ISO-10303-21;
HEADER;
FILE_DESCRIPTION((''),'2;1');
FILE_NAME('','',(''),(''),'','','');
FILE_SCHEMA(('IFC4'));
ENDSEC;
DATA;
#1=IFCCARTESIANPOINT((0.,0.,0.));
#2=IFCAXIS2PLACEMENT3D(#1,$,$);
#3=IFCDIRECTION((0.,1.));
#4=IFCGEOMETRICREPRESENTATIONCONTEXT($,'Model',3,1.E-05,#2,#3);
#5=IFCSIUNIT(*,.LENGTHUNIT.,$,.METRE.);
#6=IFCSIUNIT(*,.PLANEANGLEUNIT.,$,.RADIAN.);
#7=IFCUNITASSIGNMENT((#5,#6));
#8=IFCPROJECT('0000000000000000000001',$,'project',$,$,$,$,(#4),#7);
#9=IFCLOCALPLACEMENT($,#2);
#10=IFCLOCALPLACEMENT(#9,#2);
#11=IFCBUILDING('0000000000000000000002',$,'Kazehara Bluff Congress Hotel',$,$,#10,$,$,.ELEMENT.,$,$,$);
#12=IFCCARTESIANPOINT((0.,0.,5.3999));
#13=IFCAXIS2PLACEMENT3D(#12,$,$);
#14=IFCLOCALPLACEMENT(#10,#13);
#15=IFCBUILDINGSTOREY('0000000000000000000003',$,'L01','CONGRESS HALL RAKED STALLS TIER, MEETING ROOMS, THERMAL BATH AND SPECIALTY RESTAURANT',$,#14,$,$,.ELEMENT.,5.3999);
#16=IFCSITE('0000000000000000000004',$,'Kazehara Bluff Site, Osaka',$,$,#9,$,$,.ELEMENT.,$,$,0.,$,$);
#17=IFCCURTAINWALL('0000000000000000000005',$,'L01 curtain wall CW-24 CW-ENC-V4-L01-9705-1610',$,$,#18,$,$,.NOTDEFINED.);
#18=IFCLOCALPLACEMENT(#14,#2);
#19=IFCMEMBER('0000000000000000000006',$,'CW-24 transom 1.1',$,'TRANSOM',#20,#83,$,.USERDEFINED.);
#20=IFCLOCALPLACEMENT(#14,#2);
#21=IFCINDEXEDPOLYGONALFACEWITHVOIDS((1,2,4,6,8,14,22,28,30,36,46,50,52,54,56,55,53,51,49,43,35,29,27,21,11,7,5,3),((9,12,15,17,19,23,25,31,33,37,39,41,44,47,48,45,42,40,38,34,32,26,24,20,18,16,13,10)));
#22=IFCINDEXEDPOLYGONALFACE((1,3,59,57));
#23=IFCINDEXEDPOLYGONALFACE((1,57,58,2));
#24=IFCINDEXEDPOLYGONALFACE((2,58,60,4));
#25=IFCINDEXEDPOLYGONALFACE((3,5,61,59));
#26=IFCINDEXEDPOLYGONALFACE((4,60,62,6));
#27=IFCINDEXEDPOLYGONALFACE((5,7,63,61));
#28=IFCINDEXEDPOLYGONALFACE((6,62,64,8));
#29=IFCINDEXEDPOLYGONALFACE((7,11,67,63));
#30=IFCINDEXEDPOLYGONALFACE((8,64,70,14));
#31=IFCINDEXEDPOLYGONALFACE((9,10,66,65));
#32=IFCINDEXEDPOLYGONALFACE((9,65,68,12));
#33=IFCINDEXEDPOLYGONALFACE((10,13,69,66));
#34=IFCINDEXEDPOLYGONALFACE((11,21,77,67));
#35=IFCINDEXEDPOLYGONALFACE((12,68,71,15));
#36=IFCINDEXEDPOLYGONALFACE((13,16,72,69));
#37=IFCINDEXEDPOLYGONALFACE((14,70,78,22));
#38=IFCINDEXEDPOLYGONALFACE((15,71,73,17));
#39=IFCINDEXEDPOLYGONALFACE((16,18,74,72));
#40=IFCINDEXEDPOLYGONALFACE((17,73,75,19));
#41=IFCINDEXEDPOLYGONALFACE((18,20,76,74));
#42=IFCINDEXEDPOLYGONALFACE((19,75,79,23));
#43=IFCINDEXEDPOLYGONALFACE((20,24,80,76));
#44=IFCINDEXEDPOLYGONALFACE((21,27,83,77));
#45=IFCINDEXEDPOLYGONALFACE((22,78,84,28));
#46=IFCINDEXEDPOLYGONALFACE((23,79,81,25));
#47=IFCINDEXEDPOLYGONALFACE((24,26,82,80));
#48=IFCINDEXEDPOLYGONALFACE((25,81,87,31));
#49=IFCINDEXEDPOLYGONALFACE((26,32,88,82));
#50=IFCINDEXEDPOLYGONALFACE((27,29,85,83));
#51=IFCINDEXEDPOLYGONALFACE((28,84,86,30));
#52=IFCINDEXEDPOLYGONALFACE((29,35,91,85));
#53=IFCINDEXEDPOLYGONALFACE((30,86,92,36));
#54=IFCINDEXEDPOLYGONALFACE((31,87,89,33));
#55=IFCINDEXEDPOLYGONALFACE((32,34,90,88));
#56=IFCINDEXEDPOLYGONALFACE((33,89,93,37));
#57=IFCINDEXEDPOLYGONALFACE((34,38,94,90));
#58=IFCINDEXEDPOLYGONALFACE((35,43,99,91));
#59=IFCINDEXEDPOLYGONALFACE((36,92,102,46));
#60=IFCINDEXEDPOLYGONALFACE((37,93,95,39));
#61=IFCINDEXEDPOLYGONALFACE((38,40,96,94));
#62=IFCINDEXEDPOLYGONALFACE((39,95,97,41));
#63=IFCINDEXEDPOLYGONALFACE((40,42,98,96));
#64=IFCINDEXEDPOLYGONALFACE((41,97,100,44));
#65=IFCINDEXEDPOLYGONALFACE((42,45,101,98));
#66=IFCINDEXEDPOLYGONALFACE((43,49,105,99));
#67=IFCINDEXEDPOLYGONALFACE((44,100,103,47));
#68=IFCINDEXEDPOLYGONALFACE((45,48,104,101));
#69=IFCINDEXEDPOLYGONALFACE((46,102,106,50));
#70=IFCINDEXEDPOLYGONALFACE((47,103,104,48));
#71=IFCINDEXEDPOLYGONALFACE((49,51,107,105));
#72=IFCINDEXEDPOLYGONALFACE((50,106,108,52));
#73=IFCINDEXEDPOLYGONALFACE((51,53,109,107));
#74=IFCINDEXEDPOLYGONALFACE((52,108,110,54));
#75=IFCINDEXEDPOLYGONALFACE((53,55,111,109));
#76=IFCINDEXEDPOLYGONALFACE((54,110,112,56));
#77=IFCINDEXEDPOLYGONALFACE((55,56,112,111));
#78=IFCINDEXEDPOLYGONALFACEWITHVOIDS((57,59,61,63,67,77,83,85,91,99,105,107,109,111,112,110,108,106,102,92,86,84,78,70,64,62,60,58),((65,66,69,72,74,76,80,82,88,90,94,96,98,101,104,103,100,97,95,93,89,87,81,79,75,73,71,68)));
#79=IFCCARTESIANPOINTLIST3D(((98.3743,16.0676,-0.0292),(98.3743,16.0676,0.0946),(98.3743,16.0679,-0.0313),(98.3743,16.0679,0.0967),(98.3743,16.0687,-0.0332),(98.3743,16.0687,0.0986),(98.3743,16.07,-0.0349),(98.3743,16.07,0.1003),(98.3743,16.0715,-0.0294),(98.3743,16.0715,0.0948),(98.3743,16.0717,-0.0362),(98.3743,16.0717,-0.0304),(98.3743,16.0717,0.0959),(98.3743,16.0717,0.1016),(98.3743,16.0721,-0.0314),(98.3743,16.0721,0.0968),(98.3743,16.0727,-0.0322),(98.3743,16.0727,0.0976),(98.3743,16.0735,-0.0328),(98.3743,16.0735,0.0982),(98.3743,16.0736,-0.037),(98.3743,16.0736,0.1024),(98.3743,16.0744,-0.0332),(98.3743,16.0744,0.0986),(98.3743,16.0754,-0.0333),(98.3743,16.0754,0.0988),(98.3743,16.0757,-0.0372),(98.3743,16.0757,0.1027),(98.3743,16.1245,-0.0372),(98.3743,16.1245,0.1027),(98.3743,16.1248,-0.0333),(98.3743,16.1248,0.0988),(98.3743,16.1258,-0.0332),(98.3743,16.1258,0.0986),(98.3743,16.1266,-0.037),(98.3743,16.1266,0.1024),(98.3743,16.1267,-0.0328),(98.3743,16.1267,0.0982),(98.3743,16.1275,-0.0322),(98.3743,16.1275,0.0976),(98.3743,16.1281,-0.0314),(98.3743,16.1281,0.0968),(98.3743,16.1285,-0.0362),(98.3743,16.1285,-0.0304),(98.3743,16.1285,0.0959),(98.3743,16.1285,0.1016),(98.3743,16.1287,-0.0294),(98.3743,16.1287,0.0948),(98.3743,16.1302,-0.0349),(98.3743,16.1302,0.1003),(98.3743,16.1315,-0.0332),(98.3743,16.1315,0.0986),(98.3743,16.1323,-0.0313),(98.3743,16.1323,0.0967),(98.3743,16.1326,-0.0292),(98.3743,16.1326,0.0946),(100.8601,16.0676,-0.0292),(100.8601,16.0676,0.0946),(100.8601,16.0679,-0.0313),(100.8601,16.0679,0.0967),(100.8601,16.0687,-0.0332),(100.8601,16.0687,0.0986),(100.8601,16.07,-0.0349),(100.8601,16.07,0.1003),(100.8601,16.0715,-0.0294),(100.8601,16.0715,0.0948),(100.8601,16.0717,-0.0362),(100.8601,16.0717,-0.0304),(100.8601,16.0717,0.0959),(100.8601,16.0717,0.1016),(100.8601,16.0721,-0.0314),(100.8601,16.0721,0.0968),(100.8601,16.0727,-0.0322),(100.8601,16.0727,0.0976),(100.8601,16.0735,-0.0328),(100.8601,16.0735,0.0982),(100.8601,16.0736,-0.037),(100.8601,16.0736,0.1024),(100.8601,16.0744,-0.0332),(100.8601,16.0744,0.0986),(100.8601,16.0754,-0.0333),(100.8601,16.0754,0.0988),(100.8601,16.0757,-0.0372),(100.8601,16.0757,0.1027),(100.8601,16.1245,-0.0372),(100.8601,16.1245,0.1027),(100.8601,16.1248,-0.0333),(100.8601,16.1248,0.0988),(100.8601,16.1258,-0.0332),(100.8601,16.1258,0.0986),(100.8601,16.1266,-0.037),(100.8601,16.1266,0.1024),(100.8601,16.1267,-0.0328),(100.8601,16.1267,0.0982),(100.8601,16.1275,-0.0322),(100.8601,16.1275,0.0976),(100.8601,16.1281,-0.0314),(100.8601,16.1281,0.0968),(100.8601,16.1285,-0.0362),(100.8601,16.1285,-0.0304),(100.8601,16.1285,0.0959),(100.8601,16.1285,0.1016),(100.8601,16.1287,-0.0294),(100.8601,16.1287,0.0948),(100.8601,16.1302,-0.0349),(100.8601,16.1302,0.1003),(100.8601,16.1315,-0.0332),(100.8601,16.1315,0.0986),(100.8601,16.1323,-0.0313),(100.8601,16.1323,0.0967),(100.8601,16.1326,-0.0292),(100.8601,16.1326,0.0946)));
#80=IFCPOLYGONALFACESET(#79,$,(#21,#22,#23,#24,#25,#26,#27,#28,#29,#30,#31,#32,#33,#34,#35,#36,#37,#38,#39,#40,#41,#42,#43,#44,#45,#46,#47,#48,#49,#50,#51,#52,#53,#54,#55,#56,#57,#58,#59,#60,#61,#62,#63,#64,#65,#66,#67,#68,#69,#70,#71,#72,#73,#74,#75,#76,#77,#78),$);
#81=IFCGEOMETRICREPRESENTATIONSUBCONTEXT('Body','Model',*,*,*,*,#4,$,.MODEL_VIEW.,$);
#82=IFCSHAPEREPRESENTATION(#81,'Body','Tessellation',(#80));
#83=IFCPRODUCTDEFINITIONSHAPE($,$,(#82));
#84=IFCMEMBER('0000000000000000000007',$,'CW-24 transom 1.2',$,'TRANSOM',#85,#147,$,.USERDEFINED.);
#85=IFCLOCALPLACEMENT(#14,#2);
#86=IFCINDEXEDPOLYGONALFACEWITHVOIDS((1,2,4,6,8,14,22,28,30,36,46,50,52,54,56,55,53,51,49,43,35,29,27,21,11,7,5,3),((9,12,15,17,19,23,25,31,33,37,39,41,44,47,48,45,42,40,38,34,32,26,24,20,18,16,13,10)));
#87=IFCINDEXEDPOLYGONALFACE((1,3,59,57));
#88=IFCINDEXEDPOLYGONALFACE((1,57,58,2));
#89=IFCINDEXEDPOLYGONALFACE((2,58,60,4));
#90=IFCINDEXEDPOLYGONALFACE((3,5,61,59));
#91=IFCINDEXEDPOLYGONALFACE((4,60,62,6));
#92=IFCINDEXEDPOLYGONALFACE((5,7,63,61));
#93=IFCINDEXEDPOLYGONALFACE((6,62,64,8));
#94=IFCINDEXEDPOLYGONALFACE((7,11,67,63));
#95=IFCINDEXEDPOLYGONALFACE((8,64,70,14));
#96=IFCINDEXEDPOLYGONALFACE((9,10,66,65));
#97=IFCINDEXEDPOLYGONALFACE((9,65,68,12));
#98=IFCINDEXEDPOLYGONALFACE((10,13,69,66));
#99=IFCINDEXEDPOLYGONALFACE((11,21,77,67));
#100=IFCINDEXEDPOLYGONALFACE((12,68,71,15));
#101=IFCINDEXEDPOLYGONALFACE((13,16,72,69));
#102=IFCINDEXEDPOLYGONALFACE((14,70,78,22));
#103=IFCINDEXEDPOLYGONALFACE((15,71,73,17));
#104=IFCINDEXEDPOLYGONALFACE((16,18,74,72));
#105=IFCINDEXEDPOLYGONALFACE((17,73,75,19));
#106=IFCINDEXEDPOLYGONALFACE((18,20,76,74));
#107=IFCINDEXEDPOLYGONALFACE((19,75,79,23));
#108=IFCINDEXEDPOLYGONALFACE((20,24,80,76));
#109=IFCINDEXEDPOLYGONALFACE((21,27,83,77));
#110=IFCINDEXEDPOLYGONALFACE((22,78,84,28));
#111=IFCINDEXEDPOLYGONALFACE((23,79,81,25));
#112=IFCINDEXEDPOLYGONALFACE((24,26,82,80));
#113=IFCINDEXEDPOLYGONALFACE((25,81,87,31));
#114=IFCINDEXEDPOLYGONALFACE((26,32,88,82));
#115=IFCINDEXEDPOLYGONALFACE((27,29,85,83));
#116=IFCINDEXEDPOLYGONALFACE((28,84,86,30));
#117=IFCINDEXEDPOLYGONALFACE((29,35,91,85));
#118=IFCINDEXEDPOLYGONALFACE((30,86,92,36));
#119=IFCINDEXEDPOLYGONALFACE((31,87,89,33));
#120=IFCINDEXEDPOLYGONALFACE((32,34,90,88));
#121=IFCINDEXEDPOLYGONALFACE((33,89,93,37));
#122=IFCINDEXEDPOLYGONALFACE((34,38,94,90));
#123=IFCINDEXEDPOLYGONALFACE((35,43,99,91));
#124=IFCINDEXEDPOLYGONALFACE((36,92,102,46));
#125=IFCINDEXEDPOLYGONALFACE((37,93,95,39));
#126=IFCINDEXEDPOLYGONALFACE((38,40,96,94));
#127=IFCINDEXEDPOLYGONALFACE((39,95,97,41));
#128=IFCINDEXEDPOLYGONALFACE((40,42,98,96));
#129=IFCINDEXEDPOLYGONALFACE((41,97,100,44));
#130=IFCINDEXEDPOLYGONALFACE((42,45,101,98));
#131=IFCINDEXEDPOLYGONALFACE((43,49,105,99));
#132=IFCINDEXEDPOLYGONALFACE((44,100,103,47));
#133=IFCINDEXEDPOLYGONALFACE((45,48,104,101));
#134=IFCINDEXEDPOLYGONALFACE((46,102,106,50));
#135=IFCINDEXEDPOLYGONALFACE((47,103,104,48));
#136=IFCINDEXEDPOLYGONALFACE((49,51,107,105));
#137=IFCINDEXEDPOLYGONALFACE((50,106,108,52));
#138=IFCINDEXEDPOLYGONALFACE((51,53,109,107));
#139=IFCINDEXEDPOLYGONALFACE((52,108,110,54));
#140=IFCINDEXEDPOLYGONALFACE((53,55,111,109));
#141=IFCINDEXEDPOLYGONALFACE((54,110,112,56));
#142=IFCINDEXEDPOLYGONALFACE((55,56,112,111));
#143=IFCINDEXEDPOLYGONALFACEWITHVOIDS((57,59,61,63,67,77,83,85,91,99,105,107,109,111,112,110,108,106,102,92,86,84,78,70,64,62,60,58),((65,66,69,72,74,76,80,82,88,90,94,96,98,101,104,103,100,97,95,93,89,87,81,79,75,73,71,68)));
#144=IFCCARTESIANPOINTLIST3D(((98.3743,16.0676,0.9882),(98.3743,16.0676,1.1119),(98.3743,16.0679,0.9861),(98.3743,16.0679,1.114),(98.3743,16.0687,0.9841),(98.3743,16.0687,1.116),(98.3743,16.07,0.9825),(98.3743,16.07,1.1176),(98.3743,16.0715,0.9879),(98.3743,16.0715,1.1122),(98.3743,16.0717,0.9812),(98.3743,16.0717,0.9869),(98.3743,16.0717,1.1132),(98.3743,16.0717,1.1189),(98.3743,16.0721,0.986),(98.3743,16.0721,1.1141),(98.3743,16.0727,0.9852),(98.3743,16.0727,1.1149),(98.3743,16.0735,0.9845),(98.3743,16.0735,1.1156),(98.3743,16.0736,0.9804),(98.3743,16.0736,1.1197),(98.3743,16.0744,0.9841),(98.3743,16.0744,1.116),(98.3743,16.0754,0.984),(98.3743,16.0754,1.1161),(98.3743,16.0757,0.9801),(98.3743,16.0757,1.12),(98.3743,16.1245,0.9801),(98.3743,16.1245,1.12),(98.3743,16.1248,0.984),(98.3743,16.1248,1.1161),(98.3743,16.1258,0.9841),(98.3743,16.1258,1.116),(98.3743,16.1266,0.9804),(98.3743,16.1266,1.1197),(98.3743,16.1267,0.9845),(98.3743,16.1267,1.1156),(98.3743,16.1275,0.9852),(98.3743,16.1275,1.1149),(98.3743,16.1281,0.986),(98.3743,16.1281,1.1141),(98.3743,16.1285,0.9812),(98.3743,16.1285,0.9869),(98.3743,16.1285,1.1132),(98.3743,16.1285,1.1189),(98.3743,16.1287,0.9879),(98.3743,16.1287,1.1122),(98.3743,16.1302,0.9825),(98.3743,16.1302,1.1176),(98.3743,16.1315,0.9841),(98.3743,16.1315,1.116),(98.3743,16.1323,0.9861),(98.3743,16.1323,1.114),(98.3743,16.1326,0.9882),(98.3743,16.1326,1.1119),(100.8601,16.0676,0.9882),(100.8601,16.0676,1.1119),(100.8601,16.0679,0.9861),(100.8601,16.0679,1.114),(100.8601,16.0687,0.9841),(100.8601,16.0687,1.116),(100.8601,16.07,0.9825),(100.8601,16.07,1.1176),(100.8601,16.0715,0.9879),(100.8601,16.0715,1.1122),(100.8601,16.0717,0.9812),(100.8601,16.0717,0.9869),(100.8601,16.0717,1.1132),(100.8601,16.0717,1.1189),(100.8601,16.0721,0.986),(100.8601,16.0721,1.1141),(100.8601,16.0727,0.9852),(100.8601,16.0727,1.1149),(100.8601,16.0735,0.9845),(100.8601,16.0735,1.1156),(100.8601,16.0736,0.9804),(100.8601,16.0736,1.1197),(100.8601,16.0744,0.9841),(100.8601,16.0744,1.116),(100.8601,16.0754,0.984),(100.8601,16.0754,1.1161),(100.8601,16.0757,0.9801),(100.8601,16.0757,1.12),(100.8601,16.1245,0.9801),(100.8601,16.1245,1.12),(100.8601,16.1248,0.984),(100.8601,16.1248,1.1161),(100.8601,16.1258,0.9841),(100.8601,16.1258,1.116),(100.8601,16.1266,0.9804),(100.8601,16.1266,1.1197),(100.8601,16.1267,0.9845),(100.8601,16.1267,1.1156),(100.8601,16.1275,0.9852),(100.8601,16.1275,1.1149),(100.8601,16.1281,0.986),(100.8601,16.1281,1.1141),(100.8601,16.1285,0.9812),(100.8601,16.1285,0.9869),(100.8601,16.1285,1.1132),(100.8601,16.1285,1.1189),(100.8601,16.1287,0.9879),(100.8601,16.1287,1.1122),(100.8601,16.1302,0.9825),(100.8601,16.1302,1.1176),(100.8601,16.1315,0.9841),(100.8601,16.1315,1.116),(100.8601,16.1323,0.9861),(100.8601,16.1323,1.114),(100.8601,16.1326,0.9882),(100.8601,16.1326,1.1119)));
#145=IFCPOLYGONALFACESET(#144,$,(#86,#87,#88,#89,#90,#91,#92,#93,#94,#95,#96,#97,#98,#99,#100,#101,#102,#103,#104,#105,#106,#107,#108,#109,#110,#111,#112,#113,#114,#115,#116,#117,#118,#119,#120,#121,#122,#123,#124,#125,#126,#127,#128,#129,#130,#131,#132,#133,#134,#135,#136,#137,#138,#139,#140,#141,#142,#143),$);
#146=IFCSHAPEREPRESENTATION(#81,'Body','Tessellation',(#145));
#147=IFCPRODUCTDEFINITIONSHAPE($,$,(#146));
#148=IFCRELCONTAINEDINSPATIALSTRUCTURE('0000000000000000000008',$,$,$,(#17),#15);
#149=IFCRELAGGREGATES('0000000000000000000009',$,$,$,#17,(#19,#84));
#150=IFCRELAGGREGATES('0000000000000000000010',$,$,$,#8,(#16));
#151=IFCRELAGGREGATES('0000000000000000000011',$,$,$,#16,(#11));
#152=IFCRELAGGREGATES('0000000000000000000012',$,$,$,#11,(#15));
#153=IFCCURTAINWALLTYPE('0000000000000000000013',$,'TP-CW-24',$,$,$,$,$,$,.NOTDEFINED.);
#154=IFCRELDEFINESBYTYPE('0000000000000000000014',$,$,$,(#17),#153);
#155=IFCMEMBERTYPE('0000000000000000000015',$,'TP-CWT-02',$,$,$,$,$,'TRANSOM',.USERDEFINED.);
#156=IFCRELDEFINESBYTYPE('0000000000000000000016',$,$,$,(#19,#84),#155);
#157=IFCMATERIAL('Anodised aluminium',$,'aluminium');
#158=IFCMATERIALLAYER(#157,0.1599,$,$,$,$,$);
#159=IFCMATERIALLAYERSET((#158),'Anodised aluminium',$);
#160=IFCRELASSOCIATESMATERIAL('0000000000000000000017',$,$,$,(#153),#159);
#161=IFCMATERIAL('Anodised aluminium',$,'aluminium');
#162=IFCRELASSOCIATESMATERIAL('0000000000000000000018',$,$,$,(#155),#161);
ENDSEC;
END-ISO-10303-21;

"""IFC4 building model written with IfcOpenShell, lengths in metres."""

from ifc_helpers import new_model, si_unit, direction, frame, origin, origin_2d, place, context, subcontext, project, spatial, hollow_rectangle, extrude, material, layer, layer_set, material_profile, profile_set, type_object, element, aggregate, save


model = new_model("IFC4")

# Units and contexts
model_context = context("Model", 3, precision=1e-05, world=origin(), true_north=direction((0.0, 1.0)))
body_context = subcontext(model_context, "Body", "Model", "MODEL_VIEW")
ifc_project = project(units=[si_unit("LENGTHUNIT", "METRE"), si_unit("PLANEANGLEUNIT", "RADIAN")], contexts=[model_context])

# Site, building, storey
site_placement = place(None, origin())
site = spatial("IfcSite", under=ifc_project, at=site_placement, Name="Kazehara Bluff Site, Osaka", CompositionType="ELEMENT", RefElevation=0.0)
building_placement = place(site_placement, origin())
building = spatial("IfcBuilding", under=site, at=building_placement, Name="Kazehara Bluff Congress Hotel", CompositionType="ELEMENT")
storey_placement = place(building_placement, frame((0.0, 0.0, 5.3999)))
storey = spatial("IfcBuildingStorey", under=building, at=storey_placement, Name="L01", Description="CONGRESS HALL RAKED STALLS TIER, MEETING ROOMS, THERMAL BATH AND SPECIALTY RESTAURANT", CompositionType="ELEMENT", Elevation=5.3999)

# Curtain wall
ifc_material_1 = material(Name="Anodised aluminium", Category="aluminium")
ifc_layer_1 = layer(ifc_material_1, 0.1599)
ifc_layer_set_1 = layer_set([ifc_layer_1], Name="Anodised aluminium")
curtain_wall_type_1 = type_object("IfcCurtainWallType", Name="TP-CW-24", PredefinedType="NOTDEFINED", material=ifc_layer_set_1)
curtain_wall_1_placement = place(storey_placement, origin())
curtain_wall_1 = element("IfcCurtainWall", 1, at=curtain_wall_1_placement, inside=storey, type_object=curtain_wall_type_1, Name="L01 curtain wall CW-24 CW-ENC-V4-L01-9705-1610", PredefinedType="NOTDEFINED")

# Members
ifc_material_2 = material(Name="Anodised aluminium", Category="aluminium")
ifc_material_profile_1 = material_profile(ifc_material_2, hollow_rectangle(XDim=0.0649, YDim=0.1399, WallThickness=0.0039, InnerFilletRadius=0.0039, OuterFilletRadius=0.0081, at=origin_2d()))
ifc_profile_set_1 = profile_set([ifc_material_profile_1], Name="Anodised aluminium")
member_type_1 = type_object("IfcMemberType", Name="TP-CWT-02", ElementType="TRANSOM", PredefinedType="USERDEFINED", material=ifc_profile_set_1)
member_1_placement = place(storey_placement, frame((100.8601, 16.1001, 0.0327), z_axis=(-1.0, 0.0, 0.0), x_axis=(0.0, -1.0, 0.0)))
member_1 = element("IfcMember", 2, at=member_1_placement, type_object=member_type_1, Name="CW-24 transom 1.1", ObjectType="TRANSOM", PredefinedType="USERDEFINED", context=body_context, shape_type="SweptSolid", body=[
    extrude(hollow_rectangle(XDim=0.0649, YDim=0.1399, WallThickness=0.0039, InnerFilletRadius=0.0039, OuterFilletRadius=0.0081, at=origin_2d()), origin(), (0.0, 0.0, 1.0), 2.4858),
])
member_2_placement = place(storey_placement, frame((100.8601, 16.1001, 1.05), z_axis=(-1.0, 0.0, 0.0), x_axis=(0.0, -1.0, 0.0)))
member_2 = element("IfcMember", 3, at=member_2_placement, type_object=member_type_1, Name="CW-24 transom 1.2", ObjectType="TRANSOM", PredefinedType="USERDEFINED", context=body_context, shape_type="SweptSolid", body=[
    extrude(hollow_rectangle(XDim=0.0649, YDim=0.1399, WallThickness=0.0039, InnerFilletRadius=0.0039, OuterFilletRadius=0.0081, at=origin_2d()), origin(), (0.0, 0.0, 1.0), 2.4858),
])

aggregate(curtain_wall_1, [member_1, member_2])

save(model, "model.ifc")
